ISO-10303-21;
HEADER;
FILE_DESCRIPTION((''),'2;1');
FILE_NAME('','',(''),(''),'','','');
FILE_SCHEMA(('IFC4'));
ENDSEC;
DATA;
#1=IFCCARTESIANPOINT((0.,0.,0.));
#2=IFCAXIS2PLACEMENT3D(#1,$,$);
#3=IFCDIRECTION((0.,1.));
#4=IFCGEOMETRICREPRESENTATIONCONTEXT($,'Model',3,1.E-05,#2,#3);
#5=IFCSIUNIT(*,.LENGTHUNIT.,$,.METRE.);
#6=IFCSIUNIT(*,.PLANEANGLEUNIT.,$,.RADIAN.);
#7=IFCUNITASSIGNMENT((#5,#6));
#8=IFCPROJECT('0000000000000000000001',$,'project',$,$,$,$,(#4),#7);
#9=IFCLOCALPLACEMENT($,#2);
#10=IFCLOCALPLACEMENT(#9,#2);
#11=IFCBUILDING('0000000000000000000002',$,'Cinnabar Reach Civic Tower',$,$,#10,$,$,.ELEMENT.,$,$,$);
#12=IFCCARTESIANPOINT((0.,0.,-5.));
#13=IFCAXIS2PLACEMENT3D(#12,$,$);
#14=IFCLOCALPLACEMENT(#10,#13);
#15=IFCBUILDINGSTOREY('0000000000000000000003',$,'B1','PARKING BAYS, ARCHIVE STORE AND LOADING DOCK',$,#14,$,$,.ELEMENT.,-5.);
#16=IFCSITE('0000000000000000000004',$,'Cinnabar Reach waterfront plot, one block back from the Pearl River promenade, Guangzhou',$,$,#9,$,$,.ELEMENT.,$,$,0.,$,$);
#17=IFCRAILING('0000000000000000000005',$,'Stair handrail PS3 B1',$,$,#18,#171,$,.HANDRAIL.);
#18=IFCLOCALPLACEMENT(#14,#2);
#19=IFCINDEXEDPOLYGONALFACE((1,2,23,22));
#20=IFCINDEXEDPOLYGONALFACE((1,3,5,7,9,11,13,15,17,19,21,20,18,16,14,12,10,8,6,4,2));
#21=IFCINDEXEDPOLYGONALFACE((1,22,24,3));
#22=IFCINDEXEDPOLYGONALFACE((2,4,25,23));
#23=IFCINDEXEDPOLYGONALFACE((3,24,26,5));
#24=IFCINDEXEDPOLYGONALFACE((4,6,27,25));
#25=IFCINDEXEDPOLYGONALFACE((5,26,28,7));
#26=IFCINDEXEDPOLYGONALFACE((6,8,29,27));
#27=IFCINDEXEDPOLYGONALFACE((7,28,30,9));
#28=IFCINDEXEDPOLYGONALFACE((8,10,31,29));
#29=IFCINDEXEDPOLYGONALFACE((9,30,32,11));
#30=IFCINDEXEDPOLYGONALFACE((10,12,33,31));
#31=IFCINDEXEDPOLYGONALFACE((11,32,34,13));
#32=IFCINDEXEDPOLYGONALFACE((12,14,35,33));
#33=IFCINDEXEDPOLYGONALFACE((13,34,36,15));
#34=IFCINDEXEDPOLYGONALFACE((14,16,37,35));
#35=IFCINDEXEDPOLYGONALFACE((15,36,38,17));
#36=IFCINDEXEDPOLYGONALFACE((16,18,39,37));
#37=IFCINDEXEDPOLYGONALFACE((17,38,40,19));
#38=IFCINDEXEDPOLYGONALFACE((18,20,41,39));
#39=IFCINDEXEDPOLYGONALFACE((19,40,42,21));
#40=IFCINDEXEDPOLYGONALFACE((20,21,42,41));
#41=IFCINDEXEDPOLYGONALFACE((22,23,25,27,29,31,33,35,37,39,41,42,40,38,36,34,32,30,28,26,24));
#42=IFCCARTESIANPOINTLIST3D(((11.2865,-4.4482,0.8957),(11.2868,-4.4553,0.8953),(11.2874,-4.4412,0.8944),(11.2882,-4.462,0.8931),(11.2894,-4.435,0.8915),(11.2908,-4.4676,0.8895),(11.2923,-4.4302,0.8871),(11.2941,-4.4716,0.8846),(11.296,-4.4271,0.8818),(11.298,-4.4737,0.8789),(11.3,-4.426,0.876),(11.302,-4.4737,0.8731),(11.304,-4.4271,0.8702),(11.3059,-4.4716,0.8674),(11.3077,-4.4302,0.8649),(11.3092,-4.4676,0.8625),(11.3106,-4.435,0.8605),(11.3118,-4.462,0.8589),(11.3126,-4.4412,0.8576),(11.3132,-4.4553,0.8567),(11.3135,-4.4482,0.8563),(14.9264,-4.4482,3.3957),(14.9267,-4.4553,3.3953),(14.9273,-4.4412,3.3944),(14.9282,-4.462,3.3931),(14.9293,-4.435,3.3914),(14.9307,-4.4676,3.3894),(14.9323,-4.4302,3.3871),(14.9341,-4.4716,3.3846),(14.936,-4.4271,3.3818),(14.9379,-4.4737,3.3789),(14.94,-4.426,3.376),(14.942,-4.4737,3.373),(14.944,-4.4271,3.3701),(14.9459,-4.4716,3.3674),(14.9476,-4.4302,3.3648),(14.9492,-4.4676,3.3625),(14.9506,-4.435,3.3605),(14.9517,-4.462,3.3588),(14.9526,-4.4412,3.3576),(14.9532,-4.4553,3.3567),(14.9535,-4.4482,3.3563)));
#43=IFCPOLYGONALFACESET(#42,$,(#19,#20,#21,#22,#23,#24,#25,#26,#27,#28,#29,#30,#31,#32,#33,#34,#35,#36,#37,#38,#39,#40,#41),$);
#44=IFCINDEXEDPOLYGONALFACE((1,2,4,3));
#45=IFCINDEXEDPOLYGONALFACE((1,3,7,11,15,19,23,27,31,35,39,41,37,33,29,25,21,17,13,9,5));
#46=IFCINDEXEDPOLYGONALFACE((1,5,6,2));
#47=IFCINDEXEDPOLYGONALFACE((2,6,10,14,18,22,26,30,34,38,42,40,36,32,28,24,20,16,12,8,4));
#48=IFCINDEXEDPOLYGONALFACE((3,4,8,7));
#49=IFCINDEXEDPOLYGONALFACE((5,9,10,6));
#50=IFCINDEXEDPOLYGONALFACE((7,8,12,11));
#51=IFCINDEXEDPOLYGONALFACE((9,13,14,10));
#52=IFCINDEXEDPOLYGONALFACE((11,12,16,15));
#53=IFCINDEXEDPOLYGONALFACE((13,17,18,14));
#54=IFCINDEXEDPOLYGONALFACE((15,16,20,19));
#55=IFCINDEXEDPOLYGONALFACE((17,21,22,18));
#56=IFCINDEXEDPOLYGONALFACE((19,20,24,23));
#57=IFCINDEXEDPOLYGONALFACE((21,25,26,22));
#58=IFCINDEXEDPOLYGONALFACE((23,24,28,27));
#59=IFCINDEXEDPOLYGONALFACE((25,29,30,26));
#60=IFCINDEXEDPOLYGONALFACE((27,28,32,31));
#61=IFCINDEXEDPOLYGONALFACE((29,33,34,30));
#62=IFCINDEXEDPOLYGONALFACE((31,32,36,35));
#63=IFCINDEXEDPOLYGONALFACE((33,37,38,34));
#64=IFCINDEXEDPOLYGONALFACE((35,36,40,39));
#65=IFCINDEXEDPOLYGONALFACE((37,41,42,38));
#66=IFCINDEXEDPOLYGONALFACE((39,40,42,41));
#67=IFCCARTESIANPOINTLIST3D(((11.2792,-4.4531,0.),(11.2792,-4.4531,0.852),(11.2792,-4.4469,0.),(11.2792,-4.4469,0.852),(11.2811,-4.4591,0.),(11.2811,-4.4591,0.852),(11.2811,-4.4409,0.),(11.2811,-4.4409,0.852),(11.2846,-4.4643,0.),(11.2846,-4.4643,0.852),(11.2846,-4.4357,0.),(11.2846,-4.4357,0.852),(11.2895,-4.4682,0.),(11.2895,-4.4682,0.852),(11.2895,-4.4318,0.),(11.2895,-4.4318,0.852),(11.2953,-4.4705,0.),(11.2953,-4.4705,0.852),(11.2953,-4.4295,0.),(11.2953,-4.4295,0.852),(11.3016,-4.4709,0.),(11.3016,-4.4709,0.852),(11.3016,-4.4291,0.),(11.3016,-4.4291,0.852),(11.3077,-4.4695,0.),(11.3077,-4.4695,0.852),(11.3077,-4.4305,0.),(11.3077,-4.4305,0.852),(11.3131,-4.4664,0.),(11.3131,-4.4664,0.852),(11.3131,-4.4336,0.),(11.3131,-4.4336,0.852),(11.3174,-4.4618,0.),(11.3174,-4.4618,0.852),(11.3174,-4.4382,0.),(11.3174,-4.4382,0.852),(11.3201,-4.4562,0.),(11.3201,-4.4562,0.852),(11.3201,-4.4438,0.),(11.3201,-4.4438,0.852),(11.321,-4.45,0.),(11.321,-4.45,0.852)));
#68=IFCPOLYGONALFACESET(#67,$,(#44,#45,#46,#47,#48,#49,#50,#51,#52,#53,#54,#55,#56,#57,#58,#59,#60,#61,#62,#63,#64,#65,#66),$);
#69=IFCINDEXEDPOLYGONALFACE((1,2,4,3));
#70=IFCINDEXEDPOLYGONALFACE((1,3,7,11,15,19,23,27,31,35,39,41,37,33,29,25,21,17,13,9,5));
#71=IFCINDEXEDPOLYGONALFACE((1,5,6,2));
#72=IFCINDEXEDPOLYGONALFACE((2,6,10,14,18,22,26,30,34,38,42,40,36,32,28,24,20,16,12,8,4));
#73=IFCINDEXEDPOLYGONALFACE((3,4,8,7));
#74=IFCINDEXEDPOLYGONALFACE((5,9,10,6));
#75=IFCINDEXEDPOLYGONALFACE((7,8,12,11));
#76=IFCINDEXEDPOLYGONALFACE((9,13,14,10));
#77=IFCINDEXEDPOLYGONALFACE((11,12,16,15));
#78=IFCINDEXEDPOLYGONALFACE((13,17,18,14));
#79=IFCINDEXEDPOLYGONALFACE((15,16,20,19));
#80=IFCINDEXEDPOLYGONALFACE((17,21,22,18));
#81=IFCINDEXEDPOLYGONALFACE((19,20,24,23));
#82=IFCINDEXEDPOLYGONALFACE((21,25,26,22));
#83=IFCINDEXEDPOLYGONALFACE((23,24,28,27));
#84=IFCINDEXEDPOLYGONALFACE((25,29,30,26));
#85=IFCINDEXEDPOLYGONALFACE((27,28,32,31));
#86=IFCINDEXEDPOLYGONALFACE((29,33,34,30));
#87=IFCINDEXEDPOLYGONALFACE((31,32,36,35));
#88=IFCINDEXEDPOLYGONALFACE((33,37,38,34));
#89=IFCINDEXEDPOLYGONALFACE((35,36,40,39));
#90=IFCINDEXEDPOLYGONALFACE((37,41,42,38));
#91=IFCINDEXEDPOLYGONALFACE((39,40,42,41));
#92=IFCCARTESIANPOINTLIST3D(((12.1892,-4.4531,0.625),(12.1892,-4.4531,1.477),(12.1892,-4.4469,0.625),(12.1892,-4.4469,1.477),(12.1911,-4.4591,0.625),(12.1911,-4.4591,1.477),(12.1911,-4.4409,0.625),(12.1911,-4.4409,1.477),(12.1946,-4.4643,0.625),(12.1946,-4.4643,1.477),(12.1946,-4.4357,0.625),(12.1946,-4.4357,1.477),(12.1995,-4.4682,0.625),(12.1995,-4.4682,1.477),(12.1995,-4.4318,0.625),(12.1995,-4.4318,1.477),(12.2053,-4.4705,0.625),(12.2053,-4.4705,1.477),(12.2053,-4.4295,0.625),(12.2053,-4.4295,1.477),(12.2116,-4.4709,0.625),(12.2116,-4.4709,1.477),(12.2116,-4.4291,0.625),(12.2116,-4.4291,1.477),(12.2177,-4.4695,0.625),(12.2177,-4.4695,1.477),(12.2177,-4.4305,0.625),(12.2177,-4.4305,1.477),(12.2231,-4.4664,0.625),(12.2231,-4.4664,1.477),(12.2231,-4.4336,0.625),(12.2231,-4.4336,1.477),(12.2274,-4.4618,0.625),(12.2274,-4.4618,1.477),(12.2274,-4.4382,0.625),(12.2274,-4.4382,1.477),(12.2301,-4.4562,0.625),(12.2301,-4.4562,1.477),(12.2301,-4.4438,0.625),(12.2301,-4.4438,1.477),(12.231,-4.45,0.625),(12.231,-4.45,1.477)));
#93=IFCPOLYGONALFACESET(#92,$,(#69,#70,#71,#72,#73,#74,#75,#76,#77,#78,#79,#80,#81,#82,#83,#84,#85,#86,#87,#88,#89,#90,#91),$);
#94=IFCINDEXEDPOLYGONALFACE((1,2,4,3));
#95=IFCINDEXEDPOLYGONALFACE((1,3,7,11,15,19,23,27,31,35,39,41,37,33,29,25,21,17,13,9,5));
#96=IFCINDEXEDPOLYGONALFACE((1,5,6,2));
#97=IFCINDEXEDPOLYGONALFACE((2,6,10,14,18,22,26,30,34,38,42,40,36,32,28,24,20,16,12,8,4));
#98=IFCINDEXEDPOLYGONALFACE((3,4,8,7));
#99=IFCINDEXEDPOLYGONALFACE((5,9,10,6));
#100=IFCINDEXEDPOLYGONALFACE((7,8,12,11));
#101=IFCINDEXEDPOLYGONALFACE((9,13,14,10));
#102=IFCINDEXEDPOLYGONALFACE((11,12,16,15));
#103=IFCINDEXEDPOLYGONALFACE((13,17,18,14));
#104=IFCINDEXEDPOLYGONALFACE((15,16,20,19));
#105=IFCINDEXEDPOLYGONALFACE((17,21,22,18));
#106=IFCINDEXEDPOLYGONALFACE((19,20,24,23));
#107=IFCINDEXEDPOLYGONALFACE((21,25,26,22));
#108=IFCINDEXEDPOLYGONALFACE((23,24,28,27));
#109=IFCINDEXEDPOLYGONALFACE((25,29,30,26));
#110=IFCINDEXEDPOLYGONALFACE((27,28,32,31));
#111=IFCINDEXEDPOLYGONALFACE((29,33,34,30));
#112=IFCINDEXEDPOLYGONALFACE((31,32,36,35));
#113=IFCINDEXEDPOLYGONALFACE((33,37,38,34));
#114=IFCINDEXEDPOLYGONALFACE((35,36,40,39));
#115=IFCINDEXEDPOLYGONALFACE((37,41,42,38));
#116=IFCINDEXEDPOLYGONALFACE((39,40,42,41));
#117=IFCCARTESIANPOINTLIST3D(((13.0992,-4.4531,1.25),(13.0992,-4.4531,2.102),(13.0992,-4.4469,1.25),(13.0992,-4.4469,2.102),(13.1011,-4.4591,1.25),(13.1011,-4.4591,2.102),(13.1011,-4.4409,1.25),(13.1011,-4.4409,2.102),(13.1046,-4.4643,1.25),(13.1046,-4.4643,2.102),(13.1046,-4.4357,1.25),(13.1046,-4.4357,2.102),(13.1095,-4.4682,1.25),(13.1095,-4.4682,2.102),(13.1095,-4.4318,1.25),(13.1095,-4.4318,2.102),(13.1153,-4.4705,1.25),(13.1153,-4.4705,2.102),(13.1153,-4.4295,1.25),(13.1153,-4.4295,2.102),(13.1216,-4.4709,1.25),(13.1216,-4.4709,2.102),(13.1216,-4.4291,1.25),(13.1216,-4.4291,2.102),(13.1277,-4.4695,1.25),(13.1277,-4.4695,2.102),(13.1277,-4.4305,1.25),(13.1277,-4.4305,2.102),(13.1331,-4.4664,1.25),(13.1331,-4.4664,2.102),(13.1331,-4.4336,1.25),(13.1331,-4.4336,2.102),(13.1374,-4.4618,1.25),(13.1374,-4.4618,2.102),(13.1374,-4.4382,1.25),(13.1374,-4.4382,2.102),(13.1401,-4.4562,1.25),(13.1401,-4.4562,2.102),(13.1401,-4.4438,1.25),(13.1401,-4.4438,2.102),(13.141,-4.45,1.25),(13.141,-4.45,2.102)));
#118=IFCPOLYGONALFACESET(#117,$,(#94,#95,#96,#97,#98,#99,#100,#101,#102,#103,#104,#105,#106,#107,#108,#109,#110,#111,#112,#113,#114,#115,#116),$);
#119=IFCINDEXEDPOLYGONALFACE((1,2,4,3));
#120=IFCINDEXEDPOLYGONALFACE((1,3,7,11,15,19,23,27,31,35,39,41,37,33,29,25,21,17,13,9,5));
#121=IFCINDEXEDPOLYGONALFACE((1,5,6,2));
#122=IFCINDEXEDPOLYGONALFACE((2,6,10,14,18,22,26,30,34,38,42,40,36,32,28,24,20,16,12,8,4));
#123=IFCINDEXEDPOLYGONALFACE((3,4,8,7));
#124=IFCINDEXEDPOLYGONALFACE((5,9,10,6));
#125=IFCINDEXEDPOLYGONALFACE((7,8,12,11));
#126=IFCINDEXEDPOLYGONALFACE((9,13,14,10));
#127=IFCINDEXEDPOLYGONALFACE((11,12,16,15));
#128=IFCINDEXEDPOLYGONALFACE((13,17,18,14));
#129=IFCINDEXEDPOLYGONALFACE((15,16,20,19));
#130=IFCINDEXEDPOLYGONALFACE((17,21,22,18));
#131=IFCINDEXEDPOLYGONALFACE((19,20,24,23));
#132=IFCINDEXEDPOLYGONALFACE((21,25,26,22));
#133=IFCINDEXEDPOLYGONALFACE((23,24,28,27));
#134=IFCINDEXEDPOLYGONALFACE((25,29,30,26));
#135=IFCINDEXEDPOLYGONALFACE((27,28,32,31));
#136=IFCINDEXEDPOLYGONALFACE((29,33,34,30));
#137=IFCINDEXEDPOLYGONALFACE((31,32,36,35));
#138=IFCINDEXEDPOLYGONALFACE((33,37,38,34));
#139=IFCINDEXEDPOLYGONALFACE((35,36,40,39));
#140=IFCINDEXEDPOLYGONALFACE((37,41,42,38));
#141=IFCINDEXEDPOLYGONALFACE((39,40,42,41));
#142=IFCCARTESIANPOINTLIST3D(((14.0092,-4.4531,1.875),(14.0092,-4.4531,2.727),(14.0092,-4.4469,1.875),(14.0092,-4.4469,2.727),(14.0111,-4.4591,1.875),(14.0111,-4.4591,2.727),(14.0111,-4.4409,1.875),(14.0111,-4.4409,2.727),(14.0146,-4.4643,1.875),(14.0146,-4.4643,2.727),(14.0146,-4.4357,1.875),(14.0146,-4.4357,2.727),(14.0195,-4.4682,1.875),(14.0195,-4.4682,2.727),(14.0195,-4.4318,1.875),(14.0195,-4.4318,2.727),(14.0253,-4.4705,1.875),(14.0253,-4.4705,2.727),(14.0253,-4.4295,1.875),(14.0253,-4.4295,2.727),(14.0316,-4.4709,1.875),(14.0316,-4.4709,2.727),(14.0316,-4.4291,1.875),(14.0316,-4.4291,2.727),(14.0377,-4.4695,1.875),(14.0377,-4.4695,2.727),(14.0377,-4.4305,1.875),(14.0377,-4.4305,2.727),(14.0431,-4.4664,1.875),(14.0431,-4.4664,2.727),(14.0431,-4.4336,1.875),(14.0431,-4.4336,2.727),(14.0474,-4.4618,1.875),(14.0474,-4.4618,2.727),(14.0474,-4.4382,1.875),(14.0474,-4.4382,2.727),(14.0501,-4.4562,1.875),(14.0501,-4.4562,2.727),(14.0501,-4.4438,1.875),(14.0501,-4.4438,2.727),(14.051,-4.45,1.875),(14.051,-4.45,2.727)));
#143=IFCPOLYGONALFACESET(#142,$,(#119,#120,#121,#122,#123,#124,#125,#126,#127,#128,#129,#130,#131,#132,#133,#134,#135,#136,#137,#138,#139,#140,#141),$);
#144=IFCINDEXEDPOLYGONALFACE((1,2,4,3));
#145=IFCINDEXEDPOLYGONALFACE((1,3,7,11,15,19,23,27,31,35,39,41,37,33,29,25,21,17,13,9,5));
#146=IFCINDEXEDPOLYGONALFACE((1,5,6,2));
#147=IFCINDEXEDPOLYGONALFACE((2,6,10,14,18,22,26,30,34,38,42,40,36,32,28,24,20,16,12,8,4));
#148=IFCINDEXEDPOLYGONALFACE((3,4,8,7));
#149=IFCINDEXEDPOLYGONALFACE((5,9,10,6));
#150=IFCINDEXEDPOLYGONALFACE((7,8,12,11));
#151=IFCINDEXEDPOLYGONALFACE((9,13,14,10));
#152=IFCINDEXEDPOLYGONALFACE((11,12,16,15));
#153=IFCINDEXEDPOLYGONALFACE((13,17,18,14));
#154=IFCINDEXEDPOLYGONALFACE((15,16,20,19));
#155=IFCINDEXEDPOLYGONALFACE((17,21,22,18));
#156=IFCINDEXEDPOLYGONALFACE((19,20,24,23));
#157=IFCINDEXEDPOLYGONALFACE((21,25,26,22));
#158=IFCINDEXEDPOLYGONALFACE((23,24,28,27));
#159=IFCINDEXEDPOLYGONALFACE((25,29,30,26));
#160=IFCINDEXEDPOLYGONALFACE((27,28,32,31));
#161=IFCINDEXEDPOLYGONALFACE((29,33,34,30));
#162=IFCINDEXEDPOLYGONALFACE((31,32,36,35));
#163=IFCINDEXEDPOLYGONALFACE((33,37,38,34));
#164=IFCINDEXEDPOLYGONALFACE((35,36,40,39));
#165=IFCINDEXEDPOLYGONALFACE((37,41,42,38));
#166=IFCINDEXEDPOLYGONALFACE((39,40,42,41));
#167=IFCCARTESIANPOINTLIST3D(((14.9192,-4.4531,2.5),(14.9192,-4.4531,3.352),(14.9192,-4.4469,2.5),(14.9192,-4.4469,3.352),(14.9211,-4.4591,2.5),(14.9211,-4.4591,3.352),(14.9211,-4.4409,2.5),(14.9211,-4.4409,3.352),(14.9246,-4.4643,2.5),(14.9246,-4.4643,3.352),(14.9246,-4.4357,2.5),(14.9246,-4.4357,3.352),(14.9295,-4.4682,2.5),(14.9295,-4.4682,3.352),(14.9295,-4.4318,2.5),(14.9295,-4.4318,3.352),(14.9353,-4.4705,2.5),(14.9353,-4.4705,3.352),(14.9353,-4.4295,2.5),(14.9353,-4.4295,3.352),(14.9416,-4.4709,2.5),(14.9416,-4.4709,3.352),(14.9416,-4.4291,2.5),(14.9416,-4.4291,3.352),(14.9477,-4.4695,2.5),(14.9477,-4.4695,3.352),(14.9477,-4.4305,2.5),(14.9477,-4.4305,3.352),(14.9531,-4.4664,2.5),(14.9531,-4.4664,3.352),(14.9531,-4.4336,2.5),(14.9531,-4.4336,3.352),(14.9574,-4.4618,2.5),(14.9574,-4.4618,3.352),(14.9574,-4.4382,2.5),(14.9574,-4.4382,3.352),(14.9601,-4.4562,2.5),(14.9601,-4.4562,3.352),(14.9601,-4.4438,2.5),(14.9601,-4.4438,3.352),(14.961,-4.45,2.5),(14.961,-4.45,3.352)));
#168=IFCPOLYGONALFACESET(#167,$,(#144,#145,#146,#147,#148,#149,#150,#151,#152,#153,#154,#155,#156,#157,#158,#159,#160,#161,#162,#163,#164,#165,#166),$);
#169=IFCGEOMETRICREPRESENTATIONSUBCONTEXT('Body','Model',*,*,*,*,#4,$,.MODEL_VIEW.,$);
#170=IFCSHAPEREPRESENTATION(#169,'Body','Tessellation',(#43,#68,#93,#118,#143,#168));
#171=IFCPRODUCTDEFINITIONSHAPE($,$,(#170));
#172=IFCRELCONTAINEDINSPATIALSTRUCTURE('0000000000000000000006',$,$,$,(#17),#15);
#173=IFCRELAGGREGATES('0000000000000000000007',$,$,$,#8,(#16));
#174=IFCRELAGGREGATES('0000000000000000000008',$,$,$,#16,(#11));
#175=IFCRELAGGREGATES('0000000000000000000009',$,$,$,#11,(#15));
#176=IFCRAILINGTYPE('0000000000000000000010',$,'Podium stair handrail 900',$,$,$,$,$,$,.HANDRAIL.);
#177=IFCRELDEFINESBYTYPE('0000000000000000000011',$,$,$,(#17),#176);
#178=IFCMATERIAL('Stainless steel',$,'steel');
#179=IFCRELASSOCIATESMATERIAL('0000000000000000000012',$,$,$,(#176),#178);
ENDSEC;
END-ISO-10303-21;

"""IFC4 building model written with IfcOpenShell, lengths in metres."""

from ifc_helpers import new_model, si_unit, direction, frame, origin, origin_2d, place, context, subcontext, project, spatial, circle, extrude, material, type_object, element, save


model = new_model("IFC4")

# Units and contexts
model_context = context("Model", 3, precision=1e-05, world=origin(), true_north=direction((0.0, 1.0)))
body_context = subcontext(model_context, "Body", "Model", "MODEL_VIEW")
ifc_project = project(units=[si_unit("LENGTHUNIT", "METRE"), si_unit("PLANEANGLEUNIT", "RADIAN")], contexts=[model_context])

# Site, building, storey
site_placement = place(None, origin())
site = spatial("IfcSite", under=ifc_project, at=site_placement, Name="Cinnabar Reach waterfront plot, one block back from the Pearl River promenade, Guangzhou", CompositionType="ELEMENT", RefElevation=0.0)
building_placement = place(site_placement, origin())
building = spatial("IfcBuilding", under=site, at=building_placement, Name="Cinnabar Reach Civic Tower", CompositionType="ELEMENT")
storey_placement = place(building_placement, frame((0.0, 0.0, -5.0)))
storey = spatial("IfcBuildingStorey", under=building, at=storey_placement, Name="B1", Description="PARKING BAYS, ARCHIVE STORE AND LOADING DOCK", CompositionType="ELEMENT", Elevation=-5.0)

# Railing
ifc_material_1 = material(Name="Stainless steel", Category="steel")
railing_type_1 = type_object("IfcRailingType", Name="Podium stair handrail 900", PredefinedType="HANDRAIL", material=ifc_material_1)
railing_1_placement = place(storey_placement, frame((11.3, -4.45, 0.0)))
element("IfcRailing", 1, at=railing_1_placement, inside=storey, type_object=railing_type_1, Name="Stair handrail PS3 B1", PredefinedType="HANDRAIL", context=body_context, shape_type="SweptSolid", body=[
    extrude(circle(Radius=0.024, at=origin_2d()), frame((0.0, 0.0, 0.876), z_axis=(0.824306, 0.0, 0.566144), x_axis=(0.0, 1.0, 0.0)), (0.0, 0.0, 1.0), 4.4158),
    extrude(circle(Radius=0.021, at=origin_2d()), origin(), (0.0, 0.0, 1.0), 0.852),
    extrude(circle(Radius=0.021, at=origin_2d()), frame((0.91, 0.0, 0.625)), (0.0, 0.0, 1.0), 0.852),
    extrude(circle(Radius=0.021, at=origin_2d()), frame((1.82, 0.0, 1.25)), (0.0, 0.0, 1.0), 0.852),
    extrude(circle(Radius=0.021, at=origin_2d()), frame((2.73, 0.0, 1.875)), (0.0, 0.0, 1.0), 0.852),
    extrude(circle(Radius=0.021, at=origin_2d()), frame((3.64, 0.0, 2.5)), (0.0, 0.0, 1.0), 0.852),
])

save(model, "model.ifc")
